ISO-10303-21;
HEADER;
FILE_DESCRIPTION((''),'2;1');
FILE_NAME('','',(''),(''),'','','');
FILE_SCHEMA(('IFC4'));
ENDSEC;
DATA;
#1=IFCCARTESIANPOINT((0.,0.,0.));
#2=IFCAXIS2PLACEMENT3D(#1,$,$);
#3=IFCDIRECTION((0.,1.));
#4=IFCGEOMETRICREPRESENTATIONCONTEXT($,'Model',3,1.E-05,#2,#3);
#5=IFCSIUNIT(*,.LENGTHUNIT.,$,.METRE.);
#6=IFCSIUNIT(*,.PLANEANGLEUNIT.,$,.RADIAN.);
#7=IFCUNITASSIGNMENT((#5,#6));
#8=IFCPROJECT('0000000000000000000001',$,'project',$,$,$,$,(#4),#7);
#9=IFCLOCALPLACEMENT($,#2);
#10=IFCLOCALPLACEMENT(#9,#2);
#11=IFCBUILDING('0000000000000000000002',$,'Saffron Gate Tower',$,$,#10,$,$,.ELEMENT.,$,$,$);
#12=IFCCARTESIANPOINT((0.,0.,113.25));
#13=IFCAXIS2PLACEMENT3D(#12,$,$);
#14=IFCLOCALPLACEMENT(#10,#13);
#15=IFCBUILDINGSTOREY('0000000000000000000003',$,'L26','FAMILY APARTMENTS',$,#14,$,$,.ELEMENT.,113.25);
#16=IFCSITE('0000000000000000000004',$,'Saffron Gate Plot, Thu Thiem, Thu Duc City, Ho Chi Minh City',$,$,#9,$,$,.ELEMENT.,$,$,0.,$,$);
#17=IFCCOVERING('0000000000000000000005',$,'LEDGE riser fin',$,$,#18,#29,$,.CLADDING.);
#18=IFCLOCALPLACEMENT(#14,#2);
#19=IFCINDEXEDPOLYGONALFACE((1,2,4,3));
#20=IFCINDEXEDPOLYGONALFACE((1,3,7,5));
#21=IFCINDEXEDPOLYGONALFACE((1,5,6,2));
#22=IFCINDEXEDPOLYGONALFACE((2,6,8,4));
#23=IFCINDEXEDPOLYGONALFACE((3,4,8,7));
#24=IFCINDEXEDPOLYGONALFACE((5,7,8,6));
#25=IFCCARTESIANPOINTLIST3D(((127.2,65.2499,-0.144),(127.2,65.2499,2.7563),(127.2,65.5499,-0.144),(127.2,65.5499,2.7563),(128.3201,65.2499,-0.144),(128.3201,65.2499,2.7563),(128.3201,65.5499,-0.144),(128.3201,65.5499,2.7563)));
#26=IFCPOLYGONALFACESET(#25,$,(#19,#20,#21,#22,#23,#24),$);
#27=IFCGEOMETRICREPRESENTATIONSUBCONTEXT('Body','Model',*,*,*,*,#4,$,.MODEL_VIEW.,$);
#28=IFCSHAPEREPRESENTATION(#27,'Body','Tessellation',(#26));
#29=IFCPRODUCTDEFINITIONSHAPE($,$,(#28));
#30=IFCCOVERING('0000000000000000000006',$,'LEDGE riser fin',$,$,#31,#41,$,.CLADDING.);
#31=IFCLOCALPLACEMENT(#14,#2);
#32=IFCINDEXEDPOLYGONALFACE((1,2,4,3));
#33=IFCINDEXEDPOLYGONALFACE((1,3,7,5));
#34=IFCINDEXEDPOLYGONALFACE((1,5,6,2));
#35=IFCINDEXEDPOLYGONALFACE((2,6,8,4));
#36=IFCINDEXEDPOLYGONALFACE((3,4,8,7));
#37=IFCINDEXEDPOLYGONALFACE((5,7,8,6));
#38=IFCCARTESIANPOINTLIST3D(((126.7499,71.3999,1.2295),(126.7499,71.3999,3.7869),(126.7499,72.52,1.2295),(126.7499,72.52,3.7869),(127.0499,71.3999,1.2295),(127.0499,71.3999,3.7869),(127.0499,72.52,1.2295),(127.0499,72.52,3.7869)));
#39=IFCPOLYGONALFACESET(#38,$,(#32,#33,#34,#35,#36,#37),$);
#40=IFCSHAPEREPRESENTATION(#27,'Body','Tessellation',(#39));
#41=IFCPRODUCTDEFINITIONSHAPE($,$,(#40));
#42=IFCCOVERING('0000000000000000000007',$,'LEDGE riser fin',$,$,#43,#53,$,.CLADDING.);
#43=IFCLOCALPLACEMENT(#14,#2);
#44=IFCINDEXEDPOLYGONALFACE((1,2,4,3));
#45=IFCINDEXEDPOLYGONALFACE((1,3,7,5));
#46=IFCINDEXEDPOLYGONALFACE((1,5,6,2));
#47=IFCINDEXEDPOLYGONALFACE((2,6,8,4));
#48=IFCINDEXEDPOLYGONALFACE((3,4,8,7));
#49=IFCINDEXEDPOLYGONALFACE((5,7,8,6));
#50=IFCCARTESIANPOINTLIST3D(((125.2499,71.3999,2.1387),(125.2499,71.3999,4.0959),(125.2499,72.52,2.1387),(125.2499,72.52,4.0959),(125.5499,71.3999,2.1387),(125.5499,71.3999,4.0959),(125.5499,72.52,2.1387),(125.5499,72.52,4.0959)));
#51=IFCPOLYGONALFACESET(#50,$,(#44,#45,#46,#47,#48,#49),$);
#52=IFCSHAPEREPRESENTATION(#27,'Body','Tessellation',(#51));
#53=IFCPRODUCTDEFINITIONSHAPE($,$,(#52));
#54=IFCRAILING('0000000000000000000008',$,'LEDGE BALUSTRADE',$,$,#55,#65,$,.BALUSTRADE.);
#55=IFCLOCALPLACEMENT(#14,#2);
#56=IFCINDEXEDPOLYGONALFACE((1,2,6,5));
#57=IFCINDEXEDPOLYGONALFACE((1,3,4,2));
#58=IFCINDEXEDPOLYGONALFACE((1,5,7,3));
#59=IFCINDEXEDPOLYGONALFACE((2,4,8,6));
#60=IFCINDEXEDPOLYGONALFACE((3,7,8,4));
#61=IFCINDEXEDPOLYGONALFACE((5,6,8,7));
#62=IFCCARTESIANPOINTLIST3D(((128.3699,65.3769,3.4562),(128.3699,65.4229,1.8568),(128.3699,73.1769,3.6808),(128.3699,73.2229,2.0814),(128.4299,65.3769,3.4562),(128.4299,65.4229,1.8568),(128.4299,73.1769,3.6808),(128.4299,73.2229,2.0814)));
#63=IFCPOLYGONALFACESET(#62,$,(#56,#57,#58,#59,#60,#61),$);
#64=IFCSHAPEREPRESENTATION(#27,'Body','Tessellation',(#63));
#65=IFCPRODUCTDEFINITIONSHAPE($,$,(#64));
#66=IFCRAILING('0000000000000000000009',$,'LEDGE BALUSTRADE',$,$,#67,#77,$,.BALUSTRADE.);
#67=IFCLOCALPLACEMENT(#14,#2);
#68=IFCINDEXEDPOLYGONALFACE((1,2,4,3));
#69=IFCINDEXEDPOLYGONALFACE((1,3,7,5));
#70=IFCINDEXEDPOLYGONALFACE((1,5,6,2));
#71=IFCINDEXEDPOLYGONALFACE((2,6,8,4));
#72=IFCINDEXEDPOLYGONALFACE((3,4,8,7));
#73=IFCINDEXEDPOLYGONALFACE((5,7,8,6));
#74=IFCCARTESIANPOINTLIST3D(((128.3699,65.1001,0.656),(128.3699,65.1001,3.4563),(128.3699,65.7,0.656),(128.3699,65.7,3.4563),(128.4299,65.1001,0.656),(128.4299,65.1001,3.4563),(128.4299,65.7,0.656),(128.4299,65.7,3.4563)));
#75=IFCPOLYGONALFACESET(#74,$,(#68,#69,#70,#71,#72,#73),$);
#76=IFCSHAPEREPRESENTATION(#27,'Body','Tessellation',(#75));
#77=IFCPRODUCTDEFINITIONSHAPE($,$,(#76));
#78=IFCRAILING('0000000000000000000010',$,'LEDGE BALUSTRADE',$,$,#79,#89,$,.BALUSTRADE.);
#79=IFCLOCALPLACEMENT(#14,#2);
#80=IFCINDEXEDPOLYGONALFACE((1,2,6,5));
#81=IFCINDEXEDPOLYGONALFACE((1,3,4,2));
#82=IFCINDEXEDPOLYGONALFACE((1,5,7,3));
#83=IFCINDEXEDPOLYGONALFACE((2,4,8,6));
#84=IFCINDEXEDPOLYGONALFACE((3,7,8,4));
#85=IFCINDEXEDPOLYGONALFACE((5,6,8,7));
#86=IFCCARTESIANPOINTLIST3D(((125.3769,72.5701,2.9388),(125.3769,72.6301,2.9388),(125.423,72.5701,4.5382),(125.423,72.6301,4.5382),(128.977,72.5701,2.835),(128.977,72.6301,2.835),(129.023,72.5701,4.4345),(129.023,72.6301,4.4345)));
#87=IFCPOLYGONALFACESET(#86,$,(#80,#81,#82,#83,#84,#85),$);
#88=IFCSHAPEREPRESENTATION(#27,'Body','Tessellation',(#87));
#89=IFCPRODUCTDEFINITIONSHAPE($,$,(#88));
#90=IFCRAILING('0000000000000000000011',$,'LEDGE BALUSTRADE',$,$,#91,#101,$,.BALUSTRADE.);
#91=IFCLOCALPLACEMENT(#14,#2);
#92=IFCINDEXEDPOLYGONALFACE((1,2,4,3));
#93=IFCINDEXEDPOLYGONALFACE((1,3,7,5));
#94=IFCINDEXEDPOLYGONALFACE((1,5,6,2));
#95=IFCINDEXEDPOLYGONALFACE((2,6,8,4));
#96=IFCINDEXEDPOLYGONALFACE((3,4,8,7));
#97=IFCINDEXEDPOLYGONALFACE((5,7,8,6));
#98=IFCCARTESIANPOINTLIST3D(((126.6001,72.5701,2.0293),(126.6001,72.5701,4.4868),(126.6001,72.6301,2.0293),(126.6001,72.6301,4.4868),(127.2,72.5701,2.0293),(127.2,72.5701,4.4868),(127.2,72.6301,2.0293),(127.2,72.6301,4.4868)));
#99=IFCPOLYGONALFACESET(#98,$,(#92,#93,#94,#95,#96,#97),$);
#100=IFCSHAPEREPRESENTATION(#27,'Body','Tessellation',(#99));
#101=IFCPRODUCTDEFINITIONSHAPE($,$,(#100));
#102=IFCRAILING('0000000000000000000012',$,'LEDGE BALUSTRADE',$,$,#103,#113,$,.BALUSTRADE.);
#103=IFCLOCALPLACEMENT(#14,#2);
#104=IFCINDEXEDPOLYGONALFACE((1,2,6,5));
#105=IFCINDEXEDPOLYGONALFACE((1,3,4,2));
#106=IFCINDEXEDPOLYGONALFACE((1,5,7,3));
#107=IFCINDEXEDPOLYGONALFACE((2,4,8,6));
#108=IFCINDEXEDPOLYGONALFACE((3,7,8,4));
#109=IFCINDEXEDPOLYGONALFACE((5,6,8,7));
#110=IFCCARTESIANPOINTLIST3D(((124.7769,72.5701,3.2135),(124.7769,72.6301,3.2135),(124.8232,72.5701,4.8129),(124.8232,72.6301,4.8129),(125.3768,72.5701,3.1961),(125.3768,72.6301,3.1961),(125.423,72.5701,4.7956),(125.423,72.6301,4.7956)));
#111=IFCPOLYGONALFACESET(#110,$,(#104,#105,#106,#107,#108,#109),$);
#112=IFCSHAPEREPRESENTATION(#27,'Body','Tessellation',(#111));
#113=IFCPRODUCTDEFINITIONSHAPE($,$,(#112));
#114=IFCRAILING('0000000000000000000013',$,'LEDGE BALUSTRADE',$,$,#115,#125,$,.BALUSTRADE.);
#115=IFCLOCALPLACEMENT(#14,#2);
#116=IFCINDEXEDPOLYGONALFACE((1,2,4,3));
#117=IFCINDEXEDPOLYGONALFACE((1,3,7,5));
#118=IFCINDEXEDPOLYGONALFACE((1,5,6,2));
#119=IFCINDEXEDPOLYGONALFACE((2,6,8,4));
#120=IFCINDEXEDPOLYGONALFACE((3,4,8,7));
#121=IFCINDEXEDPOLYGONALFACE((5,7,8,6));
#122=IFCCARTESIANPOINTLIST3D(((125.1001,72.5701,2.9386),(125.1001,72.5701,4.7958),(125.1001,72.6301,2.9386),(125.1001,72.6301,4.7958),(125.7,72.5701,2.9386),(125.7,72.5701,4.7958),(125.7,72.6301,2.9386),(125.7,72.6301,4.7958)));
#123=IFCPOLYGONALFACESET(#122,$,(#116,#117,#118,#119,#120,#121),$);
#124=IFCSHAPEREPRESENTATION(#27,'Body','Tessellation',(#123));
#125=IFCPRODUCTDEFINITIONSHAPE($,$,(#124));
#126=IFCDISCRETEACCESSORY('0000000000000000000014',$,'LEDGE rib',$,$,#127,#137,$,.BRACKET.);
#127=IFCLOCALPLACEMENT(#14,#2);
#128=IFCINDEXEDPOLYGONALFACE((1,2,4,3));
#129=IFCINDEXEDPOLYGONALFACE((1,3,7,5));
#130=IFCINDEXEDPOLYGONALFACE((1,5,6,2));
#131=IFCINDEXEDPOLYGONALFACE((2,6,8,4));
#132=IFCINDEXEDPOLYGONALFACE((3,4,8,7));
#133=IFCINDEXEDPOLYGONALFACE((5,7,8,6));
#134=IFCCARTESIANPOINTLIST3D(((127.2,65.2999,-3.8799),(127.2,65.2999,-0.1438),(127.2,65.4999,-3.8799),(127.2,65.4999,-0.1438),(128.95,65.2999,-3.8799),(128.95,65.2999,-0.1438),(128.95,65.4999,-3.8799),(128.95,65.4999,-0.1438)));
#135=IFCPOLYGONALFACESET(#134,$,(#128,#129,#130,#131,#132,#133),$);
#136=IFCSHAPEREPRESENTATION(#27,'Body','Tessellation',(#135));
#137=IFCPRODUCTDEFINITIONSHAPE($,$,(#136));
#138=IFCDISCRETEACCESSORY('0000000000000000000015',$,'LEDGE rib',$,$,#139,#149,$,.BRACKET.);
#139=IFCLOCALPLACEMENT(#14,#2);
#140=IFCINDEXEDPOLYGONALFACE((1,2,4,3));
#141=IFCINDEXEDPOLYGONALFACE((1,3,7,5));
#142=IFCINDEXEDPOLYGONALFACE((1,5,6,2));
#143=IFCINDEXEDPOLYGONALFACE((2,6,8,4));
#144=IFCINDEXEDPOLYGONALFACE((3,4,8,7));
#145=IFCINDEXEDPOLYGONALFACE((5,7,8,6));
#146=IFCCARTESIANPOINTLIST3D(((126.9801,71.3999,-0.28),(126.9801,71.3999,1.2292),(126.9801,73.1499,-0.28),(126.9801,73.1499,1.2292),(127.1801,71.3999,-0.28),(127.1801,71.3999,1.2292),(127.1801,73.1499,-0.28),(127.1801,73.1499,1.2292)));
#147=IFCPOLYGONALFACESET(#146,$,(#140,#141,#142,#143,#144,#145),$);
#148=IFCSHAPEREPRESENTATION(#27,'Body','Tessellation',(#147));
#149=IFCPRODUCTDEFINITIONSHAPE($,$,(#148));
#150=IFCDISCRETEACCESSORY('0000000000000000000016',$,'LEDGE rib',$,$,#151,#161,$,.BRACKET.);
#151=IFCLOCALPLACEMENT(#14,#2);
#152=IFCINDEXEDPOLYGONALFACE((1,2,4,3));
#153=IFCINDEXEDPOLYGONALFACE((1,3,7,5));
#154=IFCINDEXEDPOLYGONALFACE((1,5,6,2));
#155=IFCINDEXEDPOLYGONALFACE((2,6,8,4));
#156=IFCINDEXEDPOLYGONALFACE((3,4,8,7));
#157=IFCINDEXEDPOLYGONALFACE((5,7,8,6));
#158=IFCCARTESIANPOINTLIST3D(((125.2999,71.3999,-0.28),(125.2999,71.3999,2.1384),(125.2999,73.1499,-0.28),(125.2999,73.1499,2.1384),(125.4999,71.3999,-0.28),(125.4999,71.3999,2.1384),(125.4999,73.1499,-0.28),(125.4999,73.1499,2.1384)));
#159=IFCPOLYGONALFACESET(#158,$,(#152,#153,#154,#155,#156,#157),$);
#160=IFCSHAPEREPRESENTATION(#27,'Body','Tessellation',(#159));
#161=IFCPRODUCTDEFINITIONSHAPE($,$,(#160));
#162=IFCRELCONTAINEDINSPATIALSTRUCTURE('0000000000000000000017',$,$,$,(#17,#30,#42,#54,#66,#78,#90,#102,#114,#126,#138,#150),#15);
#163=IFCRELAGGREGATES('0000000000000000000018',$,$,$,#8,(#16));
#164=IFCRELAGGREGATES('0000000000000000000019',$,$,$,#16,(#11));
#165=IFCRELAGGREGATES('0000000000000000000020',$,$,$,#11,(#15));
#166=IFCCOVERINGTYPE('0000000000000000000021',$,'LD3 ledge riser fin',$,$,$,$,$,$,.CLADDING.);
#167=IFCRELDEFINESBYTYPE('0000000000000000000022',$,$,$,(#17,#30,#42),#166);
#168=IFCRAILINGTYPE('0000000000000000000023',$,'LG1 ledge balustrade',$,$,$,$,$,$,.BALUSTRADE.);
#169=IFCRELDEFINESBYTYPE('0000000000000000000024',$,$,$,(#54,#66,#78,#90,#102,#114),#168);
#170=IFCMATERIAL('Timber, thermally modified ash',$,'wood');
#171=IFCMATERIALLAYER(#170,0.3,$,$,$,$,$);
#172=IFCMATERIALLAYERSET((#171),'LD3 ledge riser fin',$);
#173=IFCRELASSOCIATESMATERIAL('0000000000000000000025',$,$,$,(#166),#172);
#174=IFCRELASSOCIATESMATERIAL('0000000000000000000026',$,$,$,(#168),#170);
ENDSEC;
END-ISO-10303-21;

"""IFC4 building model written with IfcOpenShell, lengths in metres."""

from ifc_helpers import new_model, si_unit, direction, frame, origin, origin_2d, place, context, subcontext, project, spatial, rectangle, extrude, material, layer, layer_set, type_object, element, save


model = new_model("IFC4")

# Units and contexts
model_context = context("Model", 3, precision=1e-05, world=origin(), true_north=direction((0.0, 1.0)))
body_context = subcontext(model_context, "Body", "Model", "MODEL_VIEW")
ifc_project = project(units=[si_unit("LENGTHUNIT", "METRE"), si_unit("PLANEANGLEUNIT", "RADIAN")], contexts=[model_context])

# Site, building, storey
site_placement = place(None, origin())
site = spatial("IfcSite", under=ifc_project, at=site_placement, Name="Saffron Gate Plot, Thu Thiem, Thu Duc City, Ho Chi Minh City", CompositionType="ELEMENT", RefElevation=0.0)
building_placement = place(site_placement, origin())
building = spatial("IfcBuilding", under=site, at=building_placement, Name="Saffron Gate Tower", CompositionType="ELEMENT")
storey_placement = place(building_placement, frame((0.0, 0.0, 113.25)))
storey = spatial("IfcBuildingStorey", under=building, at=storey_placement, Name="L26", Description="FAMILY APARTMENTS", CompositionType="ELEMENT", Elevation=113.25)

# Coverings
ifc_material_1 = material(Name="Timber, thermally modified ash", Category="wood")
ifc_layer_1 = layer(ifc_material_1, 0.3)
ifc_layer_set_1 = layer_set([ifc_layer_1], Name="LD3 ledge riser fin")
covering_type_1 = type_object("IfcCoveringType", Name="LD3 ledge riser fin", PredefinedType="CLADDING", material=ifc_layer_set_1)
covering_1_placement = place(storey_placement, frame((127.76, 65.3999, -0.144), z_axis=(0.0, 0.0, 1.0), x_axis=(0.0, 1.0, 0.0)))
element("IfcCovering", 1, at=covering_1_placement, inside=storey, type_object=covering_type_1, Name="LEDGE riser fin", PredefinedType="CLADDING", context=body_context, shape_type="SweptSolid", body=[
    extrude(rectangle(XDim=0.3, YDim=1.1201, at=origin_2d()), origin(), (0.0, 0.0, 1.0), 2.9004),
])
covering_2_placement = place(storey_placement, frame((126.8999, 71.96, 1.2295), z_axis=(0.0, 0.0, 1.0), x_axis=(-1.0, 0.0, 0.0)))
element("IfcCovering", 2, at=covering_2_placement, inside=storey, type_object=covering_type_1, Name="LEDGE riser fin", PredefinedType="CLADDING", context=body_context, shape_type="SweptSolid", body=[
    extrude(rectangle(XDim=0.3, YDim=1.1201, at=origin_2d()), origin(), (0.0, 0.0, 1.0), 2.5574),
])
covering_3_placement = place(storey_placement, frame((125.3999, 71.96, 2.1387), z_axis=(0.0, 0.0, 1.0), x_axis=(-1.0, 0.0, 0.0)))
element("IfcCovering", 3, at=covering_3_placement, inside=storey, type_object=covering_type_1, Name="LEDGE riser fin", PredefinedType="CLADDING", context=body_context, shape_type="SweptSolid", body=[
    extrude(rectangle(XDim=0.3, YDim=1.1201, at=origin_2d()), origin(), (0.0, 0.0, 1.0), 1.9573),
])

# Railings
railing_type = type_object("IfcRailingType", Name="LG1 ledge balustrade", PredefinedType="BALUSTRADE", material=ifc_material_1)
railing_1_placement = place(storey_placement, frame((128.3999, 65.3999, 1.8564)))
element("IfcRailing", 4, at=railing_1_placement, inside=storey, type_object=railing_type, Name="LEDGE BALUSTRADE", PredefinedType="BALUSTRADE", context=body_context, shape_type="SweptSolid", body=[
    extrude(rectangle(XDim=0.0601, YDim=1.6001, at=origin_2d()), frame((0.0, 0.0, 0.8), z_axis=(0.0, 0.999586, 0.028784), x_axis=(-1.0, 0.0, 0.0)), (0.0, 0.0, 1.0), 7.8032),
])
railing_2_placement = place(storey_placement, frame((128.3999, 65.1001, 0.656)))
element("IfcRailing", 5, at=railing_2_placement, inside=storey, type_object=railing_type, Name="LEDGE BALUSTRADE", PredefinedType="BALUSTRADE", context=body_context, shape_type="SweptSolid", body=[
    extrude(rectangle(XDim=0.0601, YDim=2.8003, at=origin_2d()), frame((0.0, 0.0, 1.4001), z_axis=(0.0, 1.0, 0.0), x_axis=(-1.0, 0.0, 0.0)), (0.0, 0.0, 1.0), 0.5999),
])
railing_3_placement = place(storey_placement, frame((129.0, 72.6001, 2.8347)))
element("IfcRailing", 6, at=railing_3_placement, inside=storey, type_object=railing_type, Name="LEDGE BALUSTRADE", PredefinedType="BALUSTRADE", context=body_context, shape_type="SweptSolid", body=[
    extrude(rectangle(XDim=0.0601, YDim=1.6001, at=origin_2d()), frame((0.0, 0.0, 0.8), z_axis=(-0.999585, 0.0, 0.028809), x_axis=(0.0, -1.0, 0.0)), (0.0, 0.0, 1.0), 3.6016),
])
railing_4_placement = place(storey_placement, frame((127.2, 72.6001, 2.0293)))
element("IfcRailing", 7, at=railing_4_placement, inside=storey, type_object=railing_type, Name="LEDGE BALUSTRADE", PredefinedType="BALUSTRADE", context=body_context, shape_type="SweptSolid", body=[
    extrude(rectangle(XDim=0.0601, YDim=2.4575, at=origin_2d()), frame((0.0, 0.0, 1.2288), z_axis=(-1.0, 0.0, 0.0), x_axis=(0.0, -1.0, 0.0)), (0.0, 0.0, 1.0), 0.5999),
])
railing_5_placement = place(storey_placement, frame((125.3999, 72.6001, 3.1958)))
element("IfcRailing", 8, at=railing_5_placement, inside=storey, type_object=railing_type, Name="LEDGE BALUSTRADE", PredefinedType="BALUSTRADE", context=body_context, shape_type="SweptSolid", body=[
    extrude(rectangle(XDim=0.0601, YDim=1.6001, at=origin_2d()), frame((0.0, 0.0, 0.8), z_axis=(-0.999583, 0.0, 0.028885), x_axis=(0.0, -1.0, 0.0)), (0.0, 0.0, 1.0), 0.6001),
])
railing_6_placement = place(storey_placement, frame((125.7, 72.6001, 2.9385)))
element("IfcRailing", 9, at=railing_6_placement, inside=storey, type_object=railing_type, Name="LEDGE BALUSTRADE", PredefinedType="BALUSTRADE", context=body_context, shape_type="SweptSolid", body=[
    extrude(rectangle(XDim=0.0601, YDim=1.8572, at=origin_2d()), frame((0.0, 0.0, 0.9287), z_axis=(-1.0, 0.0, 0.0), x_axis=(0.0, -1.0, 0.0)), (0.0, 0.0, 1.0), 0.5999),
])

# Discrete accessories
discrete_accessory_1_placement = place(storey_placement, frame((128.075, 65.3999, -3.8799), z_axis=(0.0, 0.0, 1.0), x_axis=(0.0, 1.0, 0.0)))
element("IfcDiscreteAccessory", 10, at=discrete_accessory_1_placement, inside=storey, Name="LEDGE rib", PredefinedType="BRACKET", context=body_context, shape_type="SweptSolid", body=[
    extrude(rectangle(XDim=0.2, YDim=1.75, at=origin_2d()), origin(), (0.0, 0.0, 1.0), 3.7361),
])
discrete_accessory_2_placement = place(storey_placement, frame((127.0801, 72.2749, -0.28), z_axis=(0.0, 0.0, 1.0), x_axis=(-1.0, 0.0, 0.0)))
element("IfcDiscreteAccessory", 11, at=discrete_accessory_2_placement, inside=storey, Name="LEDGE rib", PredefinedType="BRACKET", context=body_context, shape_type="SweptSolid", body=[
    extrude(rectangle(XDim=0.2, YDim=1.75, at=origin_2d()), origin(), (0.0, 0.0, 1.0), 1.5093),
])
discrete_accessory_3_placement = place(storey_placement, frame((125.3999, 72.2749, -0.28), z_axis=(0.0, 0.0, 1.0), x_axis=(-1.0, 0.0, 0.0)))
element("IfcDiscreteAccessory", 12, at=discrete_accessory_3_placement, inside=storey, Name="LEDGE rib", PredefinedType="BRACKET", context=body_context, shape_type="SweptSolid", body=[
    extrude(rectangle(XDim=0.2, YDim=1.75, at=origin_2d()), origin(), (0.0, 0.0, 1.0), 2.4185),
])

save(model, "model.ifc")
